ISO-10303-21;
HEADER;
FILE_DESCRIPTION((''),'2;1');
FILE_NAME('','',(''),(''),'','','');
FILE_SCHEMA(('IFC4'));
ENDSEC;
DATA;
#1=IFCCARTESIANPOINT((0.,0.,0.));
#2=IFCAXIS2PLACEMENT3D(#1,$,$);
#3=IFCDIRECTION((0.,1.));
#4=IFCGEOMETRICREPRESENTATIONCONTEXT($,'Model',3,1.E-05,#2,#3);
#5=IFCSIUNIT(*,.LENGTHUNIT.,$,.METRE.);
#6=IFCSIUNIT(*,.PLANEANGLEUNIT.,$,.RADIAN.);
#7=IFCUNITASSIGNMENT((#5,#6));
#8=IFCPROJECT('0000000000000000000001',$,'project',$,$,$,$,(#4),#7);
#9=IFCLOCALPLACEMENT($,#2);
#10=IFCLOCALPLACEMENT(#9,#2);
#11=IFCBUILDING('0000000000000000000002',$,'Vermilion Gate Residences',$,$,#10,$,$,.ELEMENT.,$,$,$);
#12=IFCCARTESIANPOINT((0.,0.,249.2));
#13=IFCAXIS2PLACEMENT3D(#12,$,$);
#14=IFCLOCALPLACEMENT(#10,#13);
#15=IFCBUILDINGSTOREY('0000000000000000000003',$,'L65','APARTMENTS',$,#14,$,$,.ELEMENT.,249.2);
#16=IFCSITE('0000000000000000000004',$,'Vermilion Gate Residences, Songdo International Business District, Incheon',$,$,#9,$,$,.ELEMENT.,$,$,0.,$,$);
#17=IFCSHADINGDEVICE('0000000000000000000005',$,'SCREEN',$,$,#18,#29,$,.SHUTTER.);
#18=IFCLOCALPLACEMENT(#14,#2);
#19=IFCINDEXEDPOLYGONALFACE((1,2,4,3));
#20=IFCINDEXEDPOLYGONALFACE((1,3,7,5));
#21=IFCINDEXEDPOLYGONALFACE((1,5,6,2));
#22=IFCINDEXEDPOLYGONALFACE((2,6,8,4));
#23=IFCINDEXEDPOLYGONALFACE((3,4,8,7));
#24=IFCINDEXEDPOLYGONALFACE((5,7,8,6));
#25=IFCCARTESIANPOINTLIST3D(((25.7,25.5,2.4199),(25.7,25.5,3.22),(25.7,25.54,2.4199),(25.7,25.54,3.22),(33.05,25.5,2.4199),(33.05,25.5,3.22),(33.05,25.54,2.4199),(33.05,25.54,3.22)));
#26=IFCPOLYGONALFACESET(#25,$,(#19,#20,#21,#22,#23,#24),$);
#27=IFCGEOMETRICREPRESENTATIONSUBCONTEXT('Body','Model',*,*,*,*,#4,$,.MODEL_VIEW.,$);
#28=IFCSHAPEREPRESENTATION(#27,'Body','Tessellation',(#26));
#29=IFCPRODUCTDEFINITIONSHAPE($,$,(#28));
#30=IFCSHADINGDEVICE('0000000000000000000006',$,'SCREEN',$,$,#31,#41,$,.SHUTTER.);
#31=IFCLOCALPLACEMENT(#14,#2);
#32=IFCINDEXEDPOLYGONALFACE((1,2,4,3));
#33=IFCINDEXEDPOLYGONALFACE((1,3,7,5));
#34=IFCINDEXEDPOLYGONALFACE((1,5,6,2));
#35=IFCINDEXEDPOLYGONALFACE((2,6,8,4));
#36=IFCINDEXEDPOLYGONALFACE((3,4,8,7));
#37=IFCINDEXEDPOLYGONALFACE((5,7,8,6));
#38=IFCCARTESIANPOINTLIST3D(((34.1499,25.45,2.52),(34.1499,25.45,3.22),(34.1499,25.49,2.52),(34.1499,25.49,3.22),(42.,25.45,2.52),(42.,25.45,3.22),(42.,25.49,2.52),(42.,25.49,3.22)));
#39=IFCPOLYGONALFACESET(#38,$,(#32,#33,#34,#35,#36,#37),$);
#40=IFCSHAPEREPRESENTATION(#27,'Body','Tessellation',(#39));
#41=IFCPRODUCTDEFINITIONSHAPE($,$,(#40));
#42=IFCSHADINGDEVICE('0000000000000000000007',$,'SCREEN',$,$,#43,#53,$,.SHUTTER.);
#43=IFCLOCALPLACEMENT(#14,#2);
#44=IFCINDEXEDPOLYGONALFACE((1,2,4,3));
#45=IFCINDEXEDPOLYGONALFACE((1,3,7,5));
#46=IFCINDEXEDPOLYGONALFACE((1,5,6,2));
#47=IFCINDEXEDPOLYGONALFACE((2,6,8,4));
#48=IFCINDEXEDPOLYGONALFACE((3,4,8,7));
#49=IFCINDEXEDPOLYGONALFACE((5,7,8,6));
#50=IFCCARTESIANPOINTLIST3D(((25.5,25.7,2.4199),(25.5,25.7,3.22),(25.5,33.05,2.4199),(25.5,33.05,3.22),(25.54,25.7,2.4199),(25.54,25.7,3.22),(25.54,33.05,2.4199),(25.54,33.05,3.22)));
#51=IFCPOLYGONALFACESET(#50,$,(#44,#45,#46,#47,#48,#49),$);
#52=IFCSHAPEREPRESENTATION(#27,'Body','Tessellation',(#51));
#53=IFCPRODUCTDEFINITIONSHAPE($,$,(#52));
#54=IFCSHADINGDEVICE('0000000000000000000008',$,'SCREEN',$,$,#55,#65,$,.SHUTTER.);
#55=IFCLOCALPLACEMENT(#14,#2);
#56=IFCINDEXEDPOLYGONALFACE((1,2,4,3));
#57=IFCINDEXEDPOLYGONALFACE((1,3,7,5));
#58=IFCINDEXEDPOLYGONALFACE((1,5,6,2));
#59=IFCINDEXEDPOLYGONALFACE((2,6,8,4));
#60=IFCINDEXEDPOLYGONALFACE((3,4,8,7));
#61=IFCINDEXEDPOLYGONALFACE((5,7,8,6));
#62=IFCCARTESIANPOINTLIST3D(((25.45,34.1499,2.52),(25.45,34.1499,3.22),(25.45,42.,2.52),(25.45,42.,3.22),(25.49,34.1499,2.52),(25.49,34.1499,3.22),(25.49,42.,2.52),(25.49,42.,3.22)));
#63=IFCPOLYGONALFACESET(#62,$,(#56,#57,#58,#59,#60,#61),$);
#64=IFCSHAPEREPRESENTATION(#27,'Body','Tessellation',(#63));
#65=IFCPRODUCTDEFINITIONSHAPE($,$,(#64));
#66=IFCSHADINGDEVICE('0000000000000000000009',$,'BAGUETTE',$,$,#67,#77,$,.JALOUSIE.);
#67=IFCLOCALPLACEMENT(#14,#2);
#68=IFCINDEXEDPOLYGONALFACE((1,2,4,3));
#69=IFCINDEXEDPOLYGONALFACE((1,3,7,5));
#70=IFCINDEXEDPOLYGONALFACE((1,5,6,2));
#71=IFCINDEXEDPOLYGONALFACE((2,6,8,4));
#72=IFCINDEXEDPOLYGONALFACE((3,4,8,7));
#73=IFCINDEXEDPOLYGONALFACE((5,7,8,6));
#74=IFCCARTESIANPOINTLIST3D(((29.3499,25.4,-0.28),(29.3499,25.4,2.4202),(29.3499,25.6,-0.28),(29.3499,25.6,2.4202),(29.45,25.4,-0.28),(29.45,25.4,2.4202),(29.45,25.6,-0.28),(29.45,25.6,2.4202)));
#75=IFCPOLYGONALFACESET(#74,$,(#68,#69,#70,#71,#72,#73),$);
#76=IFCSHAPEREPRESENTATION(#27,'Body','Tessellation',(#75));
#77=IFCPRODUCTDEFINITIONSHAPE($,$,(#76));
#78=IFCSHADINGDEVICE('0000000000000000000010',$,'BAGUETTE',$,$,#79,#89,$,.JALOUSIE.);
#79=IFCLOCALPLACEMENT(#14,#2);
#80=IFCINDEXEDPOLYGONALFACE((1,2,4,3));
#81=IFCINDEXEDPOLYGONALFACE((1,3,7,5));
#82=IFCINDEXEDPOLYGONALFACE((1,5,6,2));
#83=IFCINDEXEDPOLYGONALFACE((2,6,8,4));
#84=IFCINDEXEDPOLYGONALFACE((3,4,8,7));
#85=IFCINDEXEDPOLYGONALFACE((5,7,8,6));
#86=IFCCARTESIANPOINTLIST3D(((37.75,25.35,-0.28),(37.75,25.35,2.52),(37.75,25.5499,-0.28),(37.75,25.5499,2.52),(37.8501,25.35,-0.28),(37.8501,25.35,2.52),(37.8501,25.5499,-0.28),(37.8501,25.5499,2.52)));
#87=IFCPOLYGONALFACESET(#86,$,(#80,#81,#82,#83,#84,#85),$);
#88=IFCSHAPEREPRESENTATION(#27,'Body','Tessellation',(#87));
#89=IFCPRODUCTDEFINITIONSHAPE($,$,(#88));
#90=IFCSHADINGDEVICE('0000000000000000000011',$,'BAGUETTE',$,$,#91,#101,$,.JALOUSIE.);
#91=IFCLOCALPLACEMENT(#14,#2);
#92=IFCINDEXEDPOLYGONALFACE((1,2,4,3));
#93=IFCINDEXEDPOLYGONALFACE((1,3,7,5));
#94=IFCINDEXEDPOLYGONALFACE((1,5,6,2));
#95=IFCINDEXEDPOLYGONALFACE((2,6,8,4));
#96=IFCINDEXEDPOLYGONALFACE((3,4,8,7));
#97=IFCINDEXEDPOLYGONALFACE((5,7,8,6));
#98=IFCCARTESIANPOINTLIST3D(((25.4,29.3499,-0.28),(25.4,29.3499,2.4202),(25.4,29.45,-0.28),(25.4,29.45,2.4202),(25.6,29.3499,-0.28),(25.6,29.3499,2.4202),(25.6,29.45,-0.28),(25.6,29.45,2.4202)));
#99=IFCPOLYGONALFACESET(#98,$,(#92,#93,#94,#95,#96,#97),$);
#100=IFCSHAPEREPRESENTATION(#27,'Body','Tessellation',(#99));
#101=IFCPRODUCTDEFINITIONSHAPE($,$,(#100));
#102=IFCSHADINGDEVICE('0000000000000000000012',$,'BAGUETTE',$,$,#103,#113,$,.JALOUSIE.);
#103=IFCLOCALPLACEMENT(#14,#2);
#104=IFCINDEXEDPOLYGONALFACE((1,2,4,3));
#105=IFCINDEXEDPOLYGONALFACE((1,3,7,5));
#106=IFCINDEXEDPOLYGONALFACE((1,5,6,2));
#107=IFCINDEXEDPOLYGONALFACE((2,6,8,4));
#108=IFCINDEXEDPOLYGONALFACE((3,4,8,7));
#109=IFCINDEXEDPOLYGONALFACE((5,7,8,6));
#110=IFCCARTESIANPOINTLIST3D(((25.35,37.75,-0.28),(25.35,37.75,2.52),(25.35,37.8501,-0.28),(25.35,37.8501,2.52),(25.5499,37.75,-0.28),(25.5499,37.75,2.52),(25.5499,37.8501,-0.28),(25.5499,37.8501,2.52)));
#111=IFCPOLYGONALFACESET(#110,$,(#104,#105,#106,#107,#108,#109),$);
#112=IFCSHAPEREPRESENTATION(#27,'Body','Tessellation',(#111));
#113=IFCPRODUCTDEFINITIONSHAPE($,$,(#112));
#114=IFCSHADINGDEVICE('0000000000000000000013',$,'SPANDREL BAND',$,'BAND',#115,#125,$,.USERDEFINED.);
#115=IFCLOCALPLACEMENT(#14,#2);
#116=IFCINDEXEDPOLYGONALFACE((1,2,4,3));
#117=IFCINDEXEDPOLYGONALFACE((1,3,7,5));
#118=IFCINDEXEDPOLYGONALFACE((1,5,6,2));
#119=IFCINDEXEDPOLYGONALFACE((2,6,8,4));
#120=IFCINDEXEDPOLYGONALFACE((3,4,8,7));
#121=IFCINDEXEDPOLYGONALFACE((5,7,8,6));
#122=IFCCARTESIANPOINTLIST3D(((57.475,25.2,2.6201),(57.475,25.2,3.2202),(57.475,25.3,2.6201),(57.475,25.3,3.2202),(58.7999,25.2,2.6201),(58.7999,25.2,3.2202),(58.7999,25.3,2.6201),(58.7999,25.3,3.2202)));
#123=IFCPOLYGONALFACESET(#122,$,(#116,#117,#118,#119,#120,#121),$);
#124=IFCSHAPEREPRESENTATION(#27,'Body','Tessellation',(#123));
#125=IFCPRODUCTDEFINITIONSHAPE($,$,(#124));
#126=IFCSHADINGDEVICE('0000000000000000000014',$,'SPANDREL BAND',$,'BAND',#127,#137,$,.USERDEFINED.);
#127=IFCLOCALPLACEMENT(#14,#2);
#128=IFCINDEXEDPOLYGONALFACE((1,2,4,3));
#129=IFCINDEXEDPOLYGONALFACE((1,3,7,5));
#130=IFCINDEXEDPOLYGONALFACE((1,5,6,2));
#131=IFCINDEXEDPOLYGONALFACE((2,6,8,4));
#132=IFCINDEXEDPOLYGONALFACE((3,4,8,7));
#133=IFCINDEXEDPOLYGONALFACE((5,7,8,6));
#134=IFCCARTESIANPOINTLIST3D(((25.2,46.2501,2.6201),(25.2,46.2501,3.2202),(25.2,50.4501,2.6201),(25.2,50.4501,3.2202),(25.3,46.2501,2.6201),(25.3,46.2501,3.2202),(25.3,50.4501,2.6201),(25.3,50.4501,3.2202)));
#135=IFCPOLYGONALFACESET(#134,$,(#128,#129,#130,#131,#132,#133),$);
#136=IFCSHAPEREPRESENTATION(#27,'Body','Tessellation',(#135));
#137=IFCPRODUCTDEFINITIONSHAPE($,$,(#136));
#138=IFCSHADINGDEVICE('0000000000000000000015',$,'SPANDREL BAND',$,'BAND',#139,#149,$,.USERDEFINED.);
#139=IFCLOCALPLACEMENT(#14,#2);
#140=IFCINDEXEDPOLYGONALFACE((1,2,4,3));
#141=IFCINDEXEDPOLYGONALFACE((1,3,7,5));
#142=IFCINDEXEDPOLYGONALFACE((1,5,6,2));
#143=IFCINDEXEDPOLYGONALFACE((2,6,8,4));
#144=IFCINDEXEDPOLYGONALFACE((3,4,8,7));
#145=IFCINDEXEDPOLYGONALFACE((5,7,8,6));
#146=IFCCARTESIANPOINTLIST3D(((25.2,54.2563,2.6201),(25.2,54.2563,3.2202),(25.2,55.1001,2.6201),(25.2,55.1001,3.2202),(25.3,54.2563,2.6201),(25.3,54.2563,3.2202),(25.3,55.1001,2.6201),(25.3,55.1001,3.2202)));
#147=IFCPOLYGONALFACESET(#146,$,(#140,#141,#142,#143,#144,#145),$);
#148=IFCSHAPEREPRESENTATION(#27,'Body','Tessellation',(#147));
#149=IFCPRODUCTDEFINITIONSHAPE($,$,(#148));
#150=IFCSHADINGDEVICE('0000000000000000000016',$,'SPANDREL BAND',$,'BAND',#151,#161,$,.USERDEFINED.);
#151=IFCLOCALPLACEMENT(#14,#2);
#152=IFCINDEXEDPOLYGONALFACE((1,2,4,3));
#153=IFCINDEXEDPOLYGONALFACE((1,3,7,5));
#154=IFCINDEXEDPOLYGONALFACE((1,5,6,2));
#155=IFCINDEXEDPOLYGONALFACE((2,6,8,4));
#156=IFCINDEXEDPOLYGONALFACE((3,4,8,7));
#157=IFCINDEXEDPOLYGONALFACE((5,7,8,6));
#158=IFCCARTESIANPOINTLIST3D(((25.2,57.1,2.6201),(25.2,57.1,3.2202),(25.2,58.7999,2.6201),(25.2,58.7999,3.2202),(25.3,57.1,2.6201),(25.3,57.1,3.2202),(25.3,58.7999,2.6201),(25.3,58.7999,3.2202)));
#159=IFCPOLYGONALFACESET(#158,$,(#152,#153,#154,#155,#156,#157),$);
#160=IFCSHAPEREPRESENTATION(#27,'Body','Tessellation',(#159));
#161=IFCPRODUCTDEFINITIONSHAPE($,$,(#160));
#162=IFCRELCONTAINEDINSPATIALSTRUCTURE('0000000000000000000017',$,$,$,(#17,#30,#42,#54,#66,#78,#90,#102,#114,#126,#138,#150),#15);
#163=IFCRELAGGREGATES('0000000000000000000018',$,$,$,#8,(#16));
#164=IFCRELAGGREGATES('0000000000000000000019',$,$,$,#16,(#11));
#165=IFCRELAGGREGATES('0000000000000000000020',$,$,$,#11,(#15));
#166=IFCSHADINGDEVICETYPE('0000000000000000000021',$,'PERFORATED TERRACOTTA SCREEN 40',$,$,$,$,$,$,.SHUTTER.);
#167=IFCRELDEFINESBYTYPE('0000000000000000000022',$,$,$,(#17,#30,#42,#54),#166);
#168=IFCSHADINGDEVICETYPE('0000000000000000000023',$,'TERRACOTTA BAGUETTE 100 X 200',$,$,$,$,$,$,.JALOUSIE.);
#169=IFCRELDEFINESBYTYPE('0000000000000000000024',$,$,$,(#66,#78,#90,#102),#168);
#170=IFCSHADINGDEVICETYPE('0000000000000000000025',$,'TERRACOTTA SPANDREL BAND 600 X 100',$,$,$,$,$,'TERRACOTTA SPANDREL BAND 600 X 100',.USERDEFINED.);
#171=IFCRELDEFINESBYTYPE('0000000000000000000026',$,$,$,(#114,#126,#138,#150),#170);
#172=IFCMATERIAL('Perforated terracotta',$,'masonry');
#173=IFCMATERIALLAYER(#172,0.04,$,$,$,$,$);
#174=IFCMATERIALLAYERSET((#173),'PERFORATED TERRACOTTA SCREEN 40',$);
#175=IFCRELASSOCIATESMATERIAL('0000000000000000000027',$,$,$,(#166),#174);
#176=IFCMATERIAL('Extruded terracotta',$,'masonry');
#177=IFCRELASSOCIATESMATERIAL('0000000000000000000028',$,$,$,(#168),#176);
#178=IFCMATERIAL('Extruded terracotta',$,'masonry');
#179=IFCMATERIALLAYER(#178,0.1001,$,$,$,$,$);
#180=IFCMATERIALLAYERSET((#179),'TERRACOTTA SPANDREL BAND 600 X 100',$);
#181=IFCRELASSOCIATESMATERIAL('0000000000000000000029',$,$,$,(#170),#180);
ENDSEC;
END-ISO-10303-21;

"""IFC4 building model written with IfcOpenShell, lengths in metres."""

from ifc_helpers import new_model, si_unit, direction, frame, origin, origin_2d, place, context, subcontext, project, spatial, rectangle, extrude, material, layer, layer_set, material_profile, profile_set, type_object, element, save


model = new_model("IFC4")

# Units and contexts
model_context = context("Model", 3, precision=1e-05, world=origin(), true_north=direction((0.0, 1.0)))
body_context = subcontext(model_context, "Body", "Model", "MODEL_VIEW")
ifc_project = project(units=[si_unit("LENGTHUNIT", "METRE"), si_unit("PLANEANGLEUNIT", "RADIAN")], contexts=[model_context])

# Site, building, storey
site_placement = place(None, origin())
site = spatial("IfcSite", under=ifc_project, at=site_placement, Name="Vermilion Gate Residences, Songdo International Business District, Incheon", CompositionType="ELEMENT", RefElevation=0.0)
building_placement = place(site_placement, origin())
building = spatial("IfcBuilding", under=site, at=building_placement, Name="Vermilion Gate Residences", CompositionType="ELEMENT")
storey_placement = place(building_placement, frame((0.0, 0.0, 249.2)))
storey = spatial("IfcBuildingStorey", under=building, at=storey_placement, Name="L65", Description="APARTMENTS", CompositionType="ELEMENT", Elevation=249.2)

# Shading devices
ifc_material_1 = material(Name="Perforated terracotta", Category="masonry")
ifc_layer_1 = layer(ifc_material_1, 0.04)
ifc_layer_set_1 = layer_set([ifc_layer_1], Name="PERFORATED TERRACOTTA SCREEN 40")
shading_device_type_1 = type_object("IfcShadingDeviceType", Name="PERFORATED TERRACOTTA SCREEN 40", PredefinedType="SHUTTER", material=ifc_layer_set_1)
shading_device_1_placement = place(storey_placement, frame((29.375, 25.52, 2.4199), z_axis=(0.0, 0.0, 1.0), x_axis=(-1.0, 0.0, 0.0)))
element("IfcShadingDevice", 1, at=shading_device_1_placement, inside=storey, type_object=shading_device_type_1, Name="SCREEN", PredefinedType="SHUTTER", context=body_context, shape_type="SweptSolid", body=[
    extrude(rectangle(XDim=7.3501, YDim=0.04, at=origin_2d()), origin(), (0.0, 0.0, 1.0), 0.8),
])
shading_device_2_placement = place(storey_placement, frame((38.075, 25.47, 2.52), z_axis=(0.0, 0.0, 1.0), x_axis=(-1.0, 0.0, 0.0)))
element("IfcShadingDevice", 2, at=shading_device_2_placement, inside=storey, type_object=shading_device_type_1, Name="SCREEN", PredefinedType="SHUTTER", context=body_context, shape_type="SweptSolid", body=[
    extrude(rectangle(XDim=7.8501, YDim=0.04, at=origin_2d()), origin(), (0.0, 0.0, 1.0), 0.7),
])
shading_device_3_placement = place(storey_placement, frame((25.52, 29.375, 2.4199), z_axis=(0.0, 0.0, 1.0), x_axis=(0.0, 1.0, 0.0)))
element("IfcShadingDevice", 3, at=shading_device_3_placement, inside=storey, type_object=shading_device_type_1, Name="SCREEN", PredefinedType="SHUTTER", context=body_context, shape_type="SweptSolid", body=[
    extrude(rectangle(XDim=7.3501, YDim=0.04, at=origin_2d()), origin(), (0.0, 0.0, 1.0), 0.8),
])
shading_device_4_placement = place(storey_placement, frame((25.47, 38.075, 2.52), z_axis=(0.0, 0.0, 1.0), x_axis=(0.0, 1.0, 0.0)))
element("IfcShadingDevice", 4, at=shading_device_4_placement, inside=storey, type_object=shading_device_type_1, Name="SCREEN", PredefinedType="SHUTTER", context=body_context, shape_type="SweptSolid", body=[
    extrude(rectangle(XDim=7.8501, YDim=0.04, at=origin_2d()), origin(), (0.0, 0.0, 1.0), 0.7),
])
ifc_material_2 = material(Name="Extruded terracotta", Category="masonry")
ifc_material_profile = material_profile(ifc_material_2, rectangle(XDim=0.2, YDim=0.1001, at=origin_2d()), Name="BAGUETTE 100 X 200")
ifc_profile_set = profile_set([ifc_material_profile], Name="Extruded terracotta")
shading_device_type_2 = type_object("IfcShadingDeviceType", Name="TERRACOTTA BAGUETTE 100 X 200", PredefinedType="JALOUSIE", material=ifc_profile_set)
shading_device_5_placement = place(storey_placement, frame((29.3999, 25.5, -0.28), z_axis=(0.0, 0.0, 1.0), x_axis=(0.0, -1.0, 0.0)))
element("IfcShadingDevice", 5, at=shading_device_5_placement, inside=storey, type_object=shading_device_type_2, Name="BAGUETTE", PredefinedType="JALOUSIE", context=body_context, shape_type="SweptSolid", body=[
    extrude(rectangle(XDim=0.2, YDim=0.1001, at=origin_2d()), origin(), (0.0, 0.0, 1.0), 2.7002),
])
shading_device_6_placement = place(storey_placement, frame((37.8, 25.45, -0.28), z_axis=(0.0, 0.0, 1.0), x_axis=(0.0, -1.0, 0.0)))
element("IfcShadingDevice", 6, at=shading_device_6_placement, inside=storey, type_object=shading_device_type_2, Name="BAGUETTE", PredefinedType="JALOUSIE", context=body_context, shape_type="SweptSolid", body=[
    extrude(rectangle(XDim=0.2, YDim=0.1001, at=origin_2d()), origin(), (0.0, 0.0, 1.0), 2.8),
])
shading_device_7_placement = place(storey_placement, frame((25.5, 29.3999, -0.28), z_axis=(0.0, 0.0, 1.0), x_axis=(-1.0, 0.0, 0.0)))
element("IfcShadingDevice", 7, at=shading_device_7_placement, inside=storey, type_object=shading_device_type_2, Name="BAGUETTE", PredefinedType="JALOUSIE", context=body_context, shape_type="SweptSolid", body=[
    extrude(rectangle(XDim=0.2, YDim=0.1001, at=origin_2d()), origin(), (0.0, 0.0, 1.0), 2.7002),
])
shading_device_8_placement = place(storey_placement, frame((25.45, 37.8, -0.28), z_axis=(0.0, 0.0, 1.0), x_axis=(-1.0, 0.0, 0.0)))
element("IfcShadingDevice", 8, at=shading_device_8_placement, inside=storey, type_object=shading_device_type_2, Name="BAGUETTE", PredefinedType="JALOUSIE", context=body_context, shape_type="SweptSolid", body=[
    extrude(rectangle(XDim=0.2, YDim=0.1001, at=origin_2d()), origin(), (0.0, 0.0, 1.0), 2.8),
])
ifc_material_3 = material(Name="Extruded terracotta", Category="masonry")
ifc_layer_2 = layer(ifc_material_3, 0.1001)
ifc_layer_set_2 = layer_set([ifc_layer_2], Name="TERRACOTTA SPANDREL BAND 600 X 100")
shading_device_type_3 = type_object("IfcShadingDeviceType", Name="TERRACOTTA SPANDREL BAND 600 X 100", ElementType="TERRACOTTA SPANDREL BAND 600 X 100", PredefinedType="USERDEFINED", material=ifc_layer_set_2)
shading_device_9_placement = place(storey_placement, frame((58.1375, 25.25, 2.6201), z_axis=(0.0, 0.0, 1.0), x_axis=(1.0, 0.0, 0.0)))
element("IfcShadingDevice", 9, at=shading_device_9_placement, inside=storey, type_object=shading_device_type_3, Name="SPANDREL BAND", ObjectType="BAND", PredefinedType="USERDEFINED", context=body_context, shape_type="SweptSolid", body=[
    extrude(rectangle(XDim=1.325, YDim=0.1001, at=origin_2d()), origin(), (0.0, 0.0, 1.0), 0.6001),
])
shading_device_10_placement = place(storey_placement, frame((25.25, 48.3501, 2.6201), z_axis=(0.0, 0.0, 1.0), x_axis=(0.0, 1.0, 0.0)))
element("IfcShadingDevice", 10, at=shading_device_10_placement, inside=storey, type_object=shading_device_type_3, Name="SPANDREL BAND", ObjectType="BAND", PredefinedType="USERDEFINED", context=body_context, shape_type="SweptSolid", body=[
    extrude(rectangle(XDim=4.2, YDim=0.1001, at=origin_2d()), origin(), (0.0, 0.0, 1.0), 0.6001),
])
shading_device_11_placement = place(storey_placement, frame((25.25, 54.6782, 2.6201), z_axis=(0.0, 0.0, 1.0), x_axis=(0.0, 1.0, 0.0)))
element("IfcShadingDevice", 11, at=shading_device_11_placement, inside=storey, type_object=shading_device_type_3, Name="SPANDREL BAND", ObjectType="BAND", PredefinedType="USERDEFINED", context=body_context, shape_type="SweptSolid", body=[
    extrude(rectangle(XDim=0.8438, YDim=0.1001, at=origin_2d()), origin(), (0.0, 0.0, 1.0), 0.6001),
])
shading_device_12_placement = place(storey_placement, frame((25.25, 57.95, 2.6201), z_axis=(0.0, 0.0, 1.0), x_axis=(0.0, 1.0, 0.0)))
element("IfcShadingDevice", 12, at=shading_device_12_placement, inside=storey, type_object=shading_device_type_3, Name="SPANDREL BAND", ObjectType="BAND", PredefinedType="USERDEFINED", context=body_context, shape_type="SweptSolid", body=[
    extrude(rectangle(XDim=1.7, YDim=0.1001, at=origin_2d()), origin(), (0.0, 0.0, 1.0), 0.6001),
])

save(model, "model.ifc")
